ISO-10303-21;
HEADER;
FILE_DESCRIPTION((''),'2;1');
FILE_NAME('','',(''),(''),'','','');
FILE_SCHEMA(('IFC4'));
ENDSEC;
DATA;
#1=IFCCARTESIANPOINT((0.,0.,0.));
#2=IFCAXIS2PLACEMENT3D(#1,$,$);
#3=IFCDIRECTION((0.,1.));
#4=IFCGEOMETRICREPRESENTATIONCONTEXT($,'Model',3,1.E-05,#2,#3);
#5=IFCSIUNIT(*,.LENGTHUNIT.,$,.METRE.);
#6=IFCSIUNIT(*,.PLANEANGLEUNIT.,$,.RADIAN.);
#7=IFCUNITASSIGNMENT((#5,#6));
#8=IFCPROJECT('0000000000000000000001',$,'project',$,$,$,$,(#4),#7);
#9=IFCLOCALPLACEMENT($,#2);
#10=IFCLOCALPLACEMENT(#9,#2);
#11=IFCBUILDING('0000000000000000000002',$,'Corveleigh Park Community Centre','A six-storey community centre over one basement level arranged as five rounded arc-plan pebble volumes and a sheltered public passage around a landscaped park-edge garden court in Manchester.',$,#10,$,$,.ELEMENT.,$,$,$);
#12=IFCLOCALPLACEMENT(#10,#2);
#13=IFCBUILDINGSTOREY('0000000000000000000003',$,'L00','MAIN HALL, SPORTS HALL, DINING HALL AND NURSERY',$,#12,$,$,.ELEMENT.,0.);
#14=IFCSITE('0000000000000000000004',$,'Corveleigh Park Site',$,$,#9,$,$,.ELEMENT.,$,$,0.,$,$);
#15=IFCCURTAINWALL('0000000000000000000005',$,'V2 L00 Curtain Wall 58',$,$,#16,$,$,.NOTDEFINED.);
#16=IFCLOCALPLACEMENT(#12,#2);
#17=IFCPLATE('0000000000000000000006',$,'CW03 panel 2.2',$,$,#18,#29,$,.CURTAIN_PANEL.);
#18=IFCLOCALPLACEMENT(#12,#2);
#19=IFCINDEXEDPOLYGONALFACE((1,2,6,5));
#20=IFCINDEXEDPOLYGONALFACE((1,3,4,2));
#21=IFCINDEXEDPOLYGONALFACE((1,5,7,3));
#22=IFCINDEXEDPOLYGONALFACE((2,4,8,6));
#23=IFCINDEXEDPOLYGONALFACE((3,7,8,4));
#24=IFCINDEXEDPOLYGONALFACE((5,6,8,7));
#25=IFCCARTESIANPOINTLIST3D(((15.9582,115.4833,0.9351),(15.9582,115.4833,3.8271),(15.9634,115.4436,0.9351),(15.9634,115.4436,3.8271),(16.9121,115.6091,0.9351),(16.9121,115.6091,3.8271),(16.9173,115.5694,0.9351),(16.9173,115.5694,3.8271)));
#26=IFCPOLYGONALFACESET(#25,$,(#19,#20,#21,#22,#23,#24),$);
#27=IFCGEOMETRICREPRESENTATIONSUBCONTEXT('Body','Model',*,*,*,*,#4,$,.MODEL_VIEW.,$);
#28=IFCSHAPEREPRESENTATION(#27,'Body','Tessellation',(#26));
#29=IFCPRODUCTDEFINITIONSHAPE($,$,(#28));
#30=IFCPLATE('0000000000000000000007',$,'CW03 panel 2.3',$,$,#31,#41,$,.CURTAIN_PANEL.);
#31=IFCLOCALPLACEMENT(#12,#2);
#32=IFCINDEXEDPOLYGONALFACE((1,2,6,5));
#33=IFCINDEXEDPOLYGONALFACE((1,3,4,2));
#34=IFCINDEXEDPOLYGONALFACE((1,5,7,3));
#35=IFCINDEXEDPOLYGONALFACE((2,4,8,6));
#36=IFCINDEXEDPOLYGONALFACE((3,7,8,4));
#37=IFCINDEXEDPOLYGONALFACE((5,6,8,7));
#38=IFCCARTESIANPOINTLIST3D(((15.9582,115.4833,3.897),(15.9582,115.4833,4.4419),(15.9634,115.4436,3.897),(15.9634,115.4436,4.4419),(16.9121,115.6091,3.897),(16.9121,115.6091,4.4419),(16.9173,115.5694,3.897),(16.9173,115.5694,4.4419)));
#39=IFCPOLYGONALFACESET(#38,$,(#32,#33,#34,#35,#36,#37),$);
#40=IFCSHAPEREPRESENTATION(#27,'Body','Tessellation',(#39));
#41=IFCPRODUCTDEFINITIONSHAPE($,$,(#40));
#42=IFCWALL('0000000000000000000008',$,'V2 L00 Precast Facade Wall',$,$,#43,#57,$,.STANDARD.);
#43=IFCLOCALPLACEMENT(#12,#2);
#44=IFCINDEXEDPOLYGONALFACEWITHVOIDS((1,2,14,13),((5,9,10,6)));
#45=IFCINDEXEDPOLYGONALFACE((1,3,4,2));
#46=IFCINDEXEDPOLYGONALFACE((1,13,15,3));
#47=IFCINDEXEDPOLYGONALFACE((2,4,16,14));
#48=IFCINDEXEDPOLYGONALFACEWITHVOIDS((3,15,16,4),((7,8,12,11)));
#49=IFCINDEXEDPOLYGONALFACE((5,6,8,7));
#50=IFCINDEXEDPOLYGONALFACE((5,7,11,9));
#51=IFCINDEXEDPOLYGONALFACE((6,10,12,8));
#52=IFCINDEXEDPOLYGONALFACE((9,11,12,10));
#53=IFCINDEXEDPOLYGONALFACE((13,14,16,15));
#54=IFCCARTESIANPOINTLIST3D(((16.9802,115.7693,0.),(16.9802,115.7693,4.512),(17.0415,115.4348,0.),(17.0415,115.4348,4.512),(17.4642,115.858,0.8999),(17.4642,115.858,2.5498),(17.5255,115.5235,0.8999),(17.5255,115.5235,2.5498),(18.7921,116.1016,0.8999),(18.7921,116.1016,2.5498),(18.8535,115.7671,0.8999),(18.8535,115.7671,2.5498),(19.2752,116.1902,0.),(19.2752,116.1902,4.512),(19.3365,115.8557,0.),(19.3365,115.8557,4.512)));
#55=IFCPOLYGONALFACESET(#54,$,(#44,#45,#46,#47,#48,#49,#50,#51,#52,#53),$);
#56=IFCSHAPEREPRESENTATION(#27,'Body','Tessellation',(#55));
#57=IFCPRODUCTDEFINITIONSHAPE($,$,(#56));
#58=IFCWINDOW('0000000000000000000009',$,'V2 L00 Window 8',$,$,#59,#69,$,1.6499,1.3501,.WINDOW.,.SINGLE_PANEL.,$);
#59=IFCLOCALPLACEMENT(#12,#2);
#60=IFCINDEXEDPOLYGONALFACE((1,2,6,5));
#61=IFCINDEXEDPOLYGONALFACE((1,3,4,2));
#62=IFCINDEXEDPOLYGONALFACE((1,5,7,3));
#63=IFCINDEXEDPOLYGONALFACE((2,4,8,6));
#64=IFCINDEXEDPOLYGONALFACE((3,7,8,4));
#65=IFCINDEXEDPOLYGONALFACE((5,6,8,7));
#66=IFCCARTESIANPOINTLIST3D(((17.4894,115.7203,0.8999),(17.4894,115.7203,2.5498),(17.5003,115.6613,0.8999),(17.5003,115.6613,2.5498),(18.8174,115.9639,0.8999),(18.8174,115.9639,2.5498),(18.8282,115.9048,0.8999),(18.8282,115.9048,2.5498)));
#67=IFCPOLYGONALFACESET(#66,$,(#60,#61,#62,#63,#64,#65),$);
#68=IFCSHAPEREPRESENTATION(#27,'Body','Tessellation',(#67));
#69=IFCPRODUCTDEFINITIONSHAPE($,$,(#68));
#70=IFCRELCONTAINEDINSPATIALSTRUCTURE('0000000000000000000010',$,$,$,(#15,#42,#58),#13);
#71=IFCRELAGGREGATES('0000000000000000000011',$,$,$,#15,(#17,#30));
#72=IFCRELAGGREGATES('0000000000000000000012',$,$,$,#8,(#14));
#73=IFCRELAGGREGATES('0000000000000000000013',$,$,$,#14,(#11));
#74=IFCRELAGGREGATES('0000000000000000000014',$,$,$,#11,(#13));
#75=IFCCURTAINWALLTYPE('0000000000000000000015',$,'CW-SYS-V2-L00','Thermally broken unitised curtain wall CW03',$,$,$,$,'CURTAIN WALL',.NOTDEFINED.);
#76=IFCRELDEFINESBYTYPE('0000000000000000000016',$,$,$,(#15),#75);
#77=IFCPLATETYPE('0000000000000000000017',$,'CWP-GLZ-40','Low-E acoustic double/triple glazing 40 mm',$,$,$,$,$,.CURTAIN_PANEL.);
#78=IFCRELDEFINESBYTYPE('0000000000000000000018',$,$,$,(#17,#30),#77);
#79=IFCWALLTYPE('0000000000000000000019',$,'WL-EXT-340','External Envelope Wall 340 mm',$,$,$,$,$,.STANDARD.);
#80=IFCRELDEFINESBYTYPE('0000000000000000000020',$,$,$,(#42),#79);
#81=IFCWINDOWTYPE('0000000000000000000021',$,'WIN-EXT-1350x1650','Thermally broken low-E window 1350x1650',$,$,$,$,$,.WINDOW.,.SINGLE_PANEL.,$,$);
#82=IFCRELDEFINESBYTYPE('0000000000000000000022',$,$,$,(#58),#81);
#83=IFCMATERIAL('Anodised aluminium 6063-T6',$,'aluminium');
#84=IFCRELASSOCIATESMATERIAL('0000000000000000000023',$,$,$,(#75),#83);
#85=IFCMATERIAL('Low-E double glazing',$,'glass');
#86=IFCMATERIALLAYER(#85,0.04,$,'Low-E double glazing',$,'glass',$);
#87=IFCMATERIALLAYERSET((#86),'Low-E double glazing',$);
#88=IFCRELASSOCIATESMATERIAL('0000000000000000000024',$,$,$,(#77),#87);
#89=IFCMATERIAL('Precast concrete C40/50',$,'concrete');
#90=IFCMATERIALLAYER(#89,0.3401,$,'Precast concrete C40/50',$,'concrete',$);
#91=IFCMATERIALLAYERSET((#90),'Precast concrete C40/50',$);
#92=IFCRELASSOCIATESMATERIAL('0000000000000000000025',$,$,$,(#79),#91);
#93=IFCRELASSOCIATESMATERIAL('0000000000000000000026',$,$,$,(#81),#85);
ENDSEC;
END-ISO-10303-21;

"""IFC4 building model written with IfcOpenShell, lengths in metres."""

from ifc_helpers import new_model, si_unit, direction, frame, frame_2d, origin, origin_2d, place, context, subcontext, project, spatial, rectangle, extrude, material, layer, layer_set, type_object, element, fill, aggregate, save


model = new_model("IFC4")

# Units and contexts
model_context = context("Model", 3, precision=1e-05, world=origin(), true_north=direction((0.0, 1.0)))
body_context = subcontext(model_context, "Body", "Model", "MODEL_VIEW")
ifc_project = project(units=[si_unit("LENGTHUNIT", "METRE"), si_unit("PLANEANGLEUNIT", "RADIAN")], contexts=[model_context])

# Site, building, storey
site_placement = place(None, origin())
site = spatial("IfcSite", under=ifc_project, at=site_placement, Name="Corveleigh Park Site", CompositionType="ELEMENT", RefElevation=0.0)
building_placement = place(site_placement, origin())
building = spatial("IfcBuilding", under=site, at=building_placement, Name="Corveleigh Park Community Centre", Description="A six-storey community centre over one basement level arranged as five rounded arc-plan pebble volumes and a sheltered public passage around a landscaped park-edge garden court in Manchester.", CompositionType="ELEMENT")
storey_placement = place(building_placement, origin())
storey = spatial("IfcBuildingStorey", under=building, at=storey_placement, Name="L00", Description="MAIN HALL, SPORTS HALL, DINING HALL AND NURSERY", CompositionType="ELEMENT", Elevation=0.0)

# Curtain wall
ifc_material_1 = material(Name="Anodised aluminium 6063-T6", Category="aluminium")
curtain_wall_type = type_object("IfcCurtainWallType", Name="CW-SYS-V2-L00", Description="Thermally broken unitised curtain wall CW03", ElementType="CURTAIN WALL", PredefinedType="NOTDEFINED", material=ifc_material_1)
curtain_wall_1_placement = place(storey_placement, origin())
curtain_wall_1 = element("IfcCurtainWall", 1, at=curtain_wall_1_placement, inside=storey, type_object=curtain_wall_type, Name="V2 L00 Curtain Wall 58", PredefinedType="NOTDEFINED")

# Plates
ifc_material_2 = material(Name="Low-E double glazing", Category="glass")
ifc_layer_1 = layer(ifc_material_2, 0.04, Name="Low-E double glazing", Category="glass")
ifc_layer_set_1 = layer_set([ifc_layer_1], Name="Low-E double glazing")
plate_type = type_object("IfcPlateType", Name="CWP-GLZ-40", Description="Low-E acoustic double/triple glazing 40 mm", PredefinedType="CURTAIN_PANEL", material=ifc_layer_set_1)
plate_1_placement = place(storey_placement, frame((16.4377, 115.5264, 0.9351), z_axis=(0.0, 0.0, 1.0), x_axis=(0.991418, 0.130731, 0.0)))
plate_1 = element("IfcPlate", 2, at=plate_1_placement, type_object=plate_type, Name="CW03 panel 2.2", PredefinedType="CURTAIN_PANEL", context=body_context, shape_type="SweptSolid", body=[
    extrude(rectangle(XDim=0.9622, YDim=0.04, at=origin_2d()), origin(), (0.0, 0.0, 1.0), 2.8921),
])
plate_2_placement = place(storey_placement, frame((16.4377, 115.5264, 3.897), z_axis=(0.0, 0.0, 1.0), x_axis=(0.991418, 0.130731, 0.0)))
plate_2 = element("IfcPlate", 3, at=plate_2_placement, type_object=plate_type, Name="CW03 panel 2.3", PredefinedType="CURTAIN_PANEL", context=body_context, shape_type="SweptSolid", body=[
    extrude(rectangle(XDim=0.9622, YDim=0.04, at=origin_2d()), origin(), (0.0, 0.0, 1.0), 0.5449),
])
aggregate(curtain_wall_1, [plate_1, plate_2])

# Wall, opening, window
ifc_material_3 = material(Name="Precast concrete C40/50", Category="concrete")
ifc_layer_2 = layer(ifc_material_3, 0.3401, Name="Precast concrete C40/50", Category="concrete")
ifc_layer_set_2 = layer_set([ifc_layer_2], Name="Precast concrete C40/50")
wall_type = type_object("IfcWallType", Name="WL-EXT-340", Description="External Envelope Wall 340 mm", PredefinedType="STANDARD", material=ifc_layer_set_2)
wall_placement = place(storey_placement, frame((17.011, 115.6021, 0.0), z_axis=(0.0, 0.0, 1.0), x_axis=(0.983594, 0.180395, 0.0)))
wall = element("IfcWall", 4, at=wall_placement, inside=storey, type_object=wall_type, Name="V2 L00 Precast Facade Wall", PredefinedType="STANDARD", context=body_context, shape_type="SweptSolid", body=[
    extrude(rectangle(XDim=2.3333, YDim=0.3401, at=frame_2d((1.1665, 0.0))), origin(), (0.0, 0.0, 1.0), 4.512),
])
opening_placement = place(wall_placement, frame((0.4919, 0.0, 0.8999)))
opening = element("IfcOpeningElement", 5, at=opening_placement, cuts=wall, PredefinedType="OPENING", context=body_context, shape_type="SweptSolid", body=[
    extrude(rectangle(XDim=1.3501, YDim=1.6499, at=frame_2d((0.675, 0.825))), frame((0.0, 0.1799, 0.0), z_axis=(0.0, -1.0, 0.0), x_axis=(1.0, 0.0, 0.0)), (0.0, 0.0, 1.0), 0.3601),
])
window_type = type_object("IfcWindowType", Name="WIN-EXT-1350x1650", Description="Thermally broken low-E window 1350x1650", PartitioningType="SINGLE_PANEL", PredefinedType="WINDOW", material=ifc_material_2)
window_placement = place(opening_placement, origin())
window = element("IfcWindow", 6, at=window_placement, inside=storey, type_object=window_type, Name="V2 L00 Window 8", OverallHeight=1.6499, OverallWidth=1.3501, PartitioningType="SINGLE_PANEL", PredefinedType="WINDOW", context=body_context, shape_type="SweptSolid", body=[
    extrude(rectangle(XDim=1.3501, YDim=1.6499, at=frame_2d((0.675, 0.825))), frame((0.0, 0.03, 0.0), z_axis=(0.0, -1.0, 0.0), x_axis=(1.0, 0.0, 0.0)), (0.0, 0.0, 1.0), 0.0601),
])
fill(opening, window)

save(model, "model.ifc")
